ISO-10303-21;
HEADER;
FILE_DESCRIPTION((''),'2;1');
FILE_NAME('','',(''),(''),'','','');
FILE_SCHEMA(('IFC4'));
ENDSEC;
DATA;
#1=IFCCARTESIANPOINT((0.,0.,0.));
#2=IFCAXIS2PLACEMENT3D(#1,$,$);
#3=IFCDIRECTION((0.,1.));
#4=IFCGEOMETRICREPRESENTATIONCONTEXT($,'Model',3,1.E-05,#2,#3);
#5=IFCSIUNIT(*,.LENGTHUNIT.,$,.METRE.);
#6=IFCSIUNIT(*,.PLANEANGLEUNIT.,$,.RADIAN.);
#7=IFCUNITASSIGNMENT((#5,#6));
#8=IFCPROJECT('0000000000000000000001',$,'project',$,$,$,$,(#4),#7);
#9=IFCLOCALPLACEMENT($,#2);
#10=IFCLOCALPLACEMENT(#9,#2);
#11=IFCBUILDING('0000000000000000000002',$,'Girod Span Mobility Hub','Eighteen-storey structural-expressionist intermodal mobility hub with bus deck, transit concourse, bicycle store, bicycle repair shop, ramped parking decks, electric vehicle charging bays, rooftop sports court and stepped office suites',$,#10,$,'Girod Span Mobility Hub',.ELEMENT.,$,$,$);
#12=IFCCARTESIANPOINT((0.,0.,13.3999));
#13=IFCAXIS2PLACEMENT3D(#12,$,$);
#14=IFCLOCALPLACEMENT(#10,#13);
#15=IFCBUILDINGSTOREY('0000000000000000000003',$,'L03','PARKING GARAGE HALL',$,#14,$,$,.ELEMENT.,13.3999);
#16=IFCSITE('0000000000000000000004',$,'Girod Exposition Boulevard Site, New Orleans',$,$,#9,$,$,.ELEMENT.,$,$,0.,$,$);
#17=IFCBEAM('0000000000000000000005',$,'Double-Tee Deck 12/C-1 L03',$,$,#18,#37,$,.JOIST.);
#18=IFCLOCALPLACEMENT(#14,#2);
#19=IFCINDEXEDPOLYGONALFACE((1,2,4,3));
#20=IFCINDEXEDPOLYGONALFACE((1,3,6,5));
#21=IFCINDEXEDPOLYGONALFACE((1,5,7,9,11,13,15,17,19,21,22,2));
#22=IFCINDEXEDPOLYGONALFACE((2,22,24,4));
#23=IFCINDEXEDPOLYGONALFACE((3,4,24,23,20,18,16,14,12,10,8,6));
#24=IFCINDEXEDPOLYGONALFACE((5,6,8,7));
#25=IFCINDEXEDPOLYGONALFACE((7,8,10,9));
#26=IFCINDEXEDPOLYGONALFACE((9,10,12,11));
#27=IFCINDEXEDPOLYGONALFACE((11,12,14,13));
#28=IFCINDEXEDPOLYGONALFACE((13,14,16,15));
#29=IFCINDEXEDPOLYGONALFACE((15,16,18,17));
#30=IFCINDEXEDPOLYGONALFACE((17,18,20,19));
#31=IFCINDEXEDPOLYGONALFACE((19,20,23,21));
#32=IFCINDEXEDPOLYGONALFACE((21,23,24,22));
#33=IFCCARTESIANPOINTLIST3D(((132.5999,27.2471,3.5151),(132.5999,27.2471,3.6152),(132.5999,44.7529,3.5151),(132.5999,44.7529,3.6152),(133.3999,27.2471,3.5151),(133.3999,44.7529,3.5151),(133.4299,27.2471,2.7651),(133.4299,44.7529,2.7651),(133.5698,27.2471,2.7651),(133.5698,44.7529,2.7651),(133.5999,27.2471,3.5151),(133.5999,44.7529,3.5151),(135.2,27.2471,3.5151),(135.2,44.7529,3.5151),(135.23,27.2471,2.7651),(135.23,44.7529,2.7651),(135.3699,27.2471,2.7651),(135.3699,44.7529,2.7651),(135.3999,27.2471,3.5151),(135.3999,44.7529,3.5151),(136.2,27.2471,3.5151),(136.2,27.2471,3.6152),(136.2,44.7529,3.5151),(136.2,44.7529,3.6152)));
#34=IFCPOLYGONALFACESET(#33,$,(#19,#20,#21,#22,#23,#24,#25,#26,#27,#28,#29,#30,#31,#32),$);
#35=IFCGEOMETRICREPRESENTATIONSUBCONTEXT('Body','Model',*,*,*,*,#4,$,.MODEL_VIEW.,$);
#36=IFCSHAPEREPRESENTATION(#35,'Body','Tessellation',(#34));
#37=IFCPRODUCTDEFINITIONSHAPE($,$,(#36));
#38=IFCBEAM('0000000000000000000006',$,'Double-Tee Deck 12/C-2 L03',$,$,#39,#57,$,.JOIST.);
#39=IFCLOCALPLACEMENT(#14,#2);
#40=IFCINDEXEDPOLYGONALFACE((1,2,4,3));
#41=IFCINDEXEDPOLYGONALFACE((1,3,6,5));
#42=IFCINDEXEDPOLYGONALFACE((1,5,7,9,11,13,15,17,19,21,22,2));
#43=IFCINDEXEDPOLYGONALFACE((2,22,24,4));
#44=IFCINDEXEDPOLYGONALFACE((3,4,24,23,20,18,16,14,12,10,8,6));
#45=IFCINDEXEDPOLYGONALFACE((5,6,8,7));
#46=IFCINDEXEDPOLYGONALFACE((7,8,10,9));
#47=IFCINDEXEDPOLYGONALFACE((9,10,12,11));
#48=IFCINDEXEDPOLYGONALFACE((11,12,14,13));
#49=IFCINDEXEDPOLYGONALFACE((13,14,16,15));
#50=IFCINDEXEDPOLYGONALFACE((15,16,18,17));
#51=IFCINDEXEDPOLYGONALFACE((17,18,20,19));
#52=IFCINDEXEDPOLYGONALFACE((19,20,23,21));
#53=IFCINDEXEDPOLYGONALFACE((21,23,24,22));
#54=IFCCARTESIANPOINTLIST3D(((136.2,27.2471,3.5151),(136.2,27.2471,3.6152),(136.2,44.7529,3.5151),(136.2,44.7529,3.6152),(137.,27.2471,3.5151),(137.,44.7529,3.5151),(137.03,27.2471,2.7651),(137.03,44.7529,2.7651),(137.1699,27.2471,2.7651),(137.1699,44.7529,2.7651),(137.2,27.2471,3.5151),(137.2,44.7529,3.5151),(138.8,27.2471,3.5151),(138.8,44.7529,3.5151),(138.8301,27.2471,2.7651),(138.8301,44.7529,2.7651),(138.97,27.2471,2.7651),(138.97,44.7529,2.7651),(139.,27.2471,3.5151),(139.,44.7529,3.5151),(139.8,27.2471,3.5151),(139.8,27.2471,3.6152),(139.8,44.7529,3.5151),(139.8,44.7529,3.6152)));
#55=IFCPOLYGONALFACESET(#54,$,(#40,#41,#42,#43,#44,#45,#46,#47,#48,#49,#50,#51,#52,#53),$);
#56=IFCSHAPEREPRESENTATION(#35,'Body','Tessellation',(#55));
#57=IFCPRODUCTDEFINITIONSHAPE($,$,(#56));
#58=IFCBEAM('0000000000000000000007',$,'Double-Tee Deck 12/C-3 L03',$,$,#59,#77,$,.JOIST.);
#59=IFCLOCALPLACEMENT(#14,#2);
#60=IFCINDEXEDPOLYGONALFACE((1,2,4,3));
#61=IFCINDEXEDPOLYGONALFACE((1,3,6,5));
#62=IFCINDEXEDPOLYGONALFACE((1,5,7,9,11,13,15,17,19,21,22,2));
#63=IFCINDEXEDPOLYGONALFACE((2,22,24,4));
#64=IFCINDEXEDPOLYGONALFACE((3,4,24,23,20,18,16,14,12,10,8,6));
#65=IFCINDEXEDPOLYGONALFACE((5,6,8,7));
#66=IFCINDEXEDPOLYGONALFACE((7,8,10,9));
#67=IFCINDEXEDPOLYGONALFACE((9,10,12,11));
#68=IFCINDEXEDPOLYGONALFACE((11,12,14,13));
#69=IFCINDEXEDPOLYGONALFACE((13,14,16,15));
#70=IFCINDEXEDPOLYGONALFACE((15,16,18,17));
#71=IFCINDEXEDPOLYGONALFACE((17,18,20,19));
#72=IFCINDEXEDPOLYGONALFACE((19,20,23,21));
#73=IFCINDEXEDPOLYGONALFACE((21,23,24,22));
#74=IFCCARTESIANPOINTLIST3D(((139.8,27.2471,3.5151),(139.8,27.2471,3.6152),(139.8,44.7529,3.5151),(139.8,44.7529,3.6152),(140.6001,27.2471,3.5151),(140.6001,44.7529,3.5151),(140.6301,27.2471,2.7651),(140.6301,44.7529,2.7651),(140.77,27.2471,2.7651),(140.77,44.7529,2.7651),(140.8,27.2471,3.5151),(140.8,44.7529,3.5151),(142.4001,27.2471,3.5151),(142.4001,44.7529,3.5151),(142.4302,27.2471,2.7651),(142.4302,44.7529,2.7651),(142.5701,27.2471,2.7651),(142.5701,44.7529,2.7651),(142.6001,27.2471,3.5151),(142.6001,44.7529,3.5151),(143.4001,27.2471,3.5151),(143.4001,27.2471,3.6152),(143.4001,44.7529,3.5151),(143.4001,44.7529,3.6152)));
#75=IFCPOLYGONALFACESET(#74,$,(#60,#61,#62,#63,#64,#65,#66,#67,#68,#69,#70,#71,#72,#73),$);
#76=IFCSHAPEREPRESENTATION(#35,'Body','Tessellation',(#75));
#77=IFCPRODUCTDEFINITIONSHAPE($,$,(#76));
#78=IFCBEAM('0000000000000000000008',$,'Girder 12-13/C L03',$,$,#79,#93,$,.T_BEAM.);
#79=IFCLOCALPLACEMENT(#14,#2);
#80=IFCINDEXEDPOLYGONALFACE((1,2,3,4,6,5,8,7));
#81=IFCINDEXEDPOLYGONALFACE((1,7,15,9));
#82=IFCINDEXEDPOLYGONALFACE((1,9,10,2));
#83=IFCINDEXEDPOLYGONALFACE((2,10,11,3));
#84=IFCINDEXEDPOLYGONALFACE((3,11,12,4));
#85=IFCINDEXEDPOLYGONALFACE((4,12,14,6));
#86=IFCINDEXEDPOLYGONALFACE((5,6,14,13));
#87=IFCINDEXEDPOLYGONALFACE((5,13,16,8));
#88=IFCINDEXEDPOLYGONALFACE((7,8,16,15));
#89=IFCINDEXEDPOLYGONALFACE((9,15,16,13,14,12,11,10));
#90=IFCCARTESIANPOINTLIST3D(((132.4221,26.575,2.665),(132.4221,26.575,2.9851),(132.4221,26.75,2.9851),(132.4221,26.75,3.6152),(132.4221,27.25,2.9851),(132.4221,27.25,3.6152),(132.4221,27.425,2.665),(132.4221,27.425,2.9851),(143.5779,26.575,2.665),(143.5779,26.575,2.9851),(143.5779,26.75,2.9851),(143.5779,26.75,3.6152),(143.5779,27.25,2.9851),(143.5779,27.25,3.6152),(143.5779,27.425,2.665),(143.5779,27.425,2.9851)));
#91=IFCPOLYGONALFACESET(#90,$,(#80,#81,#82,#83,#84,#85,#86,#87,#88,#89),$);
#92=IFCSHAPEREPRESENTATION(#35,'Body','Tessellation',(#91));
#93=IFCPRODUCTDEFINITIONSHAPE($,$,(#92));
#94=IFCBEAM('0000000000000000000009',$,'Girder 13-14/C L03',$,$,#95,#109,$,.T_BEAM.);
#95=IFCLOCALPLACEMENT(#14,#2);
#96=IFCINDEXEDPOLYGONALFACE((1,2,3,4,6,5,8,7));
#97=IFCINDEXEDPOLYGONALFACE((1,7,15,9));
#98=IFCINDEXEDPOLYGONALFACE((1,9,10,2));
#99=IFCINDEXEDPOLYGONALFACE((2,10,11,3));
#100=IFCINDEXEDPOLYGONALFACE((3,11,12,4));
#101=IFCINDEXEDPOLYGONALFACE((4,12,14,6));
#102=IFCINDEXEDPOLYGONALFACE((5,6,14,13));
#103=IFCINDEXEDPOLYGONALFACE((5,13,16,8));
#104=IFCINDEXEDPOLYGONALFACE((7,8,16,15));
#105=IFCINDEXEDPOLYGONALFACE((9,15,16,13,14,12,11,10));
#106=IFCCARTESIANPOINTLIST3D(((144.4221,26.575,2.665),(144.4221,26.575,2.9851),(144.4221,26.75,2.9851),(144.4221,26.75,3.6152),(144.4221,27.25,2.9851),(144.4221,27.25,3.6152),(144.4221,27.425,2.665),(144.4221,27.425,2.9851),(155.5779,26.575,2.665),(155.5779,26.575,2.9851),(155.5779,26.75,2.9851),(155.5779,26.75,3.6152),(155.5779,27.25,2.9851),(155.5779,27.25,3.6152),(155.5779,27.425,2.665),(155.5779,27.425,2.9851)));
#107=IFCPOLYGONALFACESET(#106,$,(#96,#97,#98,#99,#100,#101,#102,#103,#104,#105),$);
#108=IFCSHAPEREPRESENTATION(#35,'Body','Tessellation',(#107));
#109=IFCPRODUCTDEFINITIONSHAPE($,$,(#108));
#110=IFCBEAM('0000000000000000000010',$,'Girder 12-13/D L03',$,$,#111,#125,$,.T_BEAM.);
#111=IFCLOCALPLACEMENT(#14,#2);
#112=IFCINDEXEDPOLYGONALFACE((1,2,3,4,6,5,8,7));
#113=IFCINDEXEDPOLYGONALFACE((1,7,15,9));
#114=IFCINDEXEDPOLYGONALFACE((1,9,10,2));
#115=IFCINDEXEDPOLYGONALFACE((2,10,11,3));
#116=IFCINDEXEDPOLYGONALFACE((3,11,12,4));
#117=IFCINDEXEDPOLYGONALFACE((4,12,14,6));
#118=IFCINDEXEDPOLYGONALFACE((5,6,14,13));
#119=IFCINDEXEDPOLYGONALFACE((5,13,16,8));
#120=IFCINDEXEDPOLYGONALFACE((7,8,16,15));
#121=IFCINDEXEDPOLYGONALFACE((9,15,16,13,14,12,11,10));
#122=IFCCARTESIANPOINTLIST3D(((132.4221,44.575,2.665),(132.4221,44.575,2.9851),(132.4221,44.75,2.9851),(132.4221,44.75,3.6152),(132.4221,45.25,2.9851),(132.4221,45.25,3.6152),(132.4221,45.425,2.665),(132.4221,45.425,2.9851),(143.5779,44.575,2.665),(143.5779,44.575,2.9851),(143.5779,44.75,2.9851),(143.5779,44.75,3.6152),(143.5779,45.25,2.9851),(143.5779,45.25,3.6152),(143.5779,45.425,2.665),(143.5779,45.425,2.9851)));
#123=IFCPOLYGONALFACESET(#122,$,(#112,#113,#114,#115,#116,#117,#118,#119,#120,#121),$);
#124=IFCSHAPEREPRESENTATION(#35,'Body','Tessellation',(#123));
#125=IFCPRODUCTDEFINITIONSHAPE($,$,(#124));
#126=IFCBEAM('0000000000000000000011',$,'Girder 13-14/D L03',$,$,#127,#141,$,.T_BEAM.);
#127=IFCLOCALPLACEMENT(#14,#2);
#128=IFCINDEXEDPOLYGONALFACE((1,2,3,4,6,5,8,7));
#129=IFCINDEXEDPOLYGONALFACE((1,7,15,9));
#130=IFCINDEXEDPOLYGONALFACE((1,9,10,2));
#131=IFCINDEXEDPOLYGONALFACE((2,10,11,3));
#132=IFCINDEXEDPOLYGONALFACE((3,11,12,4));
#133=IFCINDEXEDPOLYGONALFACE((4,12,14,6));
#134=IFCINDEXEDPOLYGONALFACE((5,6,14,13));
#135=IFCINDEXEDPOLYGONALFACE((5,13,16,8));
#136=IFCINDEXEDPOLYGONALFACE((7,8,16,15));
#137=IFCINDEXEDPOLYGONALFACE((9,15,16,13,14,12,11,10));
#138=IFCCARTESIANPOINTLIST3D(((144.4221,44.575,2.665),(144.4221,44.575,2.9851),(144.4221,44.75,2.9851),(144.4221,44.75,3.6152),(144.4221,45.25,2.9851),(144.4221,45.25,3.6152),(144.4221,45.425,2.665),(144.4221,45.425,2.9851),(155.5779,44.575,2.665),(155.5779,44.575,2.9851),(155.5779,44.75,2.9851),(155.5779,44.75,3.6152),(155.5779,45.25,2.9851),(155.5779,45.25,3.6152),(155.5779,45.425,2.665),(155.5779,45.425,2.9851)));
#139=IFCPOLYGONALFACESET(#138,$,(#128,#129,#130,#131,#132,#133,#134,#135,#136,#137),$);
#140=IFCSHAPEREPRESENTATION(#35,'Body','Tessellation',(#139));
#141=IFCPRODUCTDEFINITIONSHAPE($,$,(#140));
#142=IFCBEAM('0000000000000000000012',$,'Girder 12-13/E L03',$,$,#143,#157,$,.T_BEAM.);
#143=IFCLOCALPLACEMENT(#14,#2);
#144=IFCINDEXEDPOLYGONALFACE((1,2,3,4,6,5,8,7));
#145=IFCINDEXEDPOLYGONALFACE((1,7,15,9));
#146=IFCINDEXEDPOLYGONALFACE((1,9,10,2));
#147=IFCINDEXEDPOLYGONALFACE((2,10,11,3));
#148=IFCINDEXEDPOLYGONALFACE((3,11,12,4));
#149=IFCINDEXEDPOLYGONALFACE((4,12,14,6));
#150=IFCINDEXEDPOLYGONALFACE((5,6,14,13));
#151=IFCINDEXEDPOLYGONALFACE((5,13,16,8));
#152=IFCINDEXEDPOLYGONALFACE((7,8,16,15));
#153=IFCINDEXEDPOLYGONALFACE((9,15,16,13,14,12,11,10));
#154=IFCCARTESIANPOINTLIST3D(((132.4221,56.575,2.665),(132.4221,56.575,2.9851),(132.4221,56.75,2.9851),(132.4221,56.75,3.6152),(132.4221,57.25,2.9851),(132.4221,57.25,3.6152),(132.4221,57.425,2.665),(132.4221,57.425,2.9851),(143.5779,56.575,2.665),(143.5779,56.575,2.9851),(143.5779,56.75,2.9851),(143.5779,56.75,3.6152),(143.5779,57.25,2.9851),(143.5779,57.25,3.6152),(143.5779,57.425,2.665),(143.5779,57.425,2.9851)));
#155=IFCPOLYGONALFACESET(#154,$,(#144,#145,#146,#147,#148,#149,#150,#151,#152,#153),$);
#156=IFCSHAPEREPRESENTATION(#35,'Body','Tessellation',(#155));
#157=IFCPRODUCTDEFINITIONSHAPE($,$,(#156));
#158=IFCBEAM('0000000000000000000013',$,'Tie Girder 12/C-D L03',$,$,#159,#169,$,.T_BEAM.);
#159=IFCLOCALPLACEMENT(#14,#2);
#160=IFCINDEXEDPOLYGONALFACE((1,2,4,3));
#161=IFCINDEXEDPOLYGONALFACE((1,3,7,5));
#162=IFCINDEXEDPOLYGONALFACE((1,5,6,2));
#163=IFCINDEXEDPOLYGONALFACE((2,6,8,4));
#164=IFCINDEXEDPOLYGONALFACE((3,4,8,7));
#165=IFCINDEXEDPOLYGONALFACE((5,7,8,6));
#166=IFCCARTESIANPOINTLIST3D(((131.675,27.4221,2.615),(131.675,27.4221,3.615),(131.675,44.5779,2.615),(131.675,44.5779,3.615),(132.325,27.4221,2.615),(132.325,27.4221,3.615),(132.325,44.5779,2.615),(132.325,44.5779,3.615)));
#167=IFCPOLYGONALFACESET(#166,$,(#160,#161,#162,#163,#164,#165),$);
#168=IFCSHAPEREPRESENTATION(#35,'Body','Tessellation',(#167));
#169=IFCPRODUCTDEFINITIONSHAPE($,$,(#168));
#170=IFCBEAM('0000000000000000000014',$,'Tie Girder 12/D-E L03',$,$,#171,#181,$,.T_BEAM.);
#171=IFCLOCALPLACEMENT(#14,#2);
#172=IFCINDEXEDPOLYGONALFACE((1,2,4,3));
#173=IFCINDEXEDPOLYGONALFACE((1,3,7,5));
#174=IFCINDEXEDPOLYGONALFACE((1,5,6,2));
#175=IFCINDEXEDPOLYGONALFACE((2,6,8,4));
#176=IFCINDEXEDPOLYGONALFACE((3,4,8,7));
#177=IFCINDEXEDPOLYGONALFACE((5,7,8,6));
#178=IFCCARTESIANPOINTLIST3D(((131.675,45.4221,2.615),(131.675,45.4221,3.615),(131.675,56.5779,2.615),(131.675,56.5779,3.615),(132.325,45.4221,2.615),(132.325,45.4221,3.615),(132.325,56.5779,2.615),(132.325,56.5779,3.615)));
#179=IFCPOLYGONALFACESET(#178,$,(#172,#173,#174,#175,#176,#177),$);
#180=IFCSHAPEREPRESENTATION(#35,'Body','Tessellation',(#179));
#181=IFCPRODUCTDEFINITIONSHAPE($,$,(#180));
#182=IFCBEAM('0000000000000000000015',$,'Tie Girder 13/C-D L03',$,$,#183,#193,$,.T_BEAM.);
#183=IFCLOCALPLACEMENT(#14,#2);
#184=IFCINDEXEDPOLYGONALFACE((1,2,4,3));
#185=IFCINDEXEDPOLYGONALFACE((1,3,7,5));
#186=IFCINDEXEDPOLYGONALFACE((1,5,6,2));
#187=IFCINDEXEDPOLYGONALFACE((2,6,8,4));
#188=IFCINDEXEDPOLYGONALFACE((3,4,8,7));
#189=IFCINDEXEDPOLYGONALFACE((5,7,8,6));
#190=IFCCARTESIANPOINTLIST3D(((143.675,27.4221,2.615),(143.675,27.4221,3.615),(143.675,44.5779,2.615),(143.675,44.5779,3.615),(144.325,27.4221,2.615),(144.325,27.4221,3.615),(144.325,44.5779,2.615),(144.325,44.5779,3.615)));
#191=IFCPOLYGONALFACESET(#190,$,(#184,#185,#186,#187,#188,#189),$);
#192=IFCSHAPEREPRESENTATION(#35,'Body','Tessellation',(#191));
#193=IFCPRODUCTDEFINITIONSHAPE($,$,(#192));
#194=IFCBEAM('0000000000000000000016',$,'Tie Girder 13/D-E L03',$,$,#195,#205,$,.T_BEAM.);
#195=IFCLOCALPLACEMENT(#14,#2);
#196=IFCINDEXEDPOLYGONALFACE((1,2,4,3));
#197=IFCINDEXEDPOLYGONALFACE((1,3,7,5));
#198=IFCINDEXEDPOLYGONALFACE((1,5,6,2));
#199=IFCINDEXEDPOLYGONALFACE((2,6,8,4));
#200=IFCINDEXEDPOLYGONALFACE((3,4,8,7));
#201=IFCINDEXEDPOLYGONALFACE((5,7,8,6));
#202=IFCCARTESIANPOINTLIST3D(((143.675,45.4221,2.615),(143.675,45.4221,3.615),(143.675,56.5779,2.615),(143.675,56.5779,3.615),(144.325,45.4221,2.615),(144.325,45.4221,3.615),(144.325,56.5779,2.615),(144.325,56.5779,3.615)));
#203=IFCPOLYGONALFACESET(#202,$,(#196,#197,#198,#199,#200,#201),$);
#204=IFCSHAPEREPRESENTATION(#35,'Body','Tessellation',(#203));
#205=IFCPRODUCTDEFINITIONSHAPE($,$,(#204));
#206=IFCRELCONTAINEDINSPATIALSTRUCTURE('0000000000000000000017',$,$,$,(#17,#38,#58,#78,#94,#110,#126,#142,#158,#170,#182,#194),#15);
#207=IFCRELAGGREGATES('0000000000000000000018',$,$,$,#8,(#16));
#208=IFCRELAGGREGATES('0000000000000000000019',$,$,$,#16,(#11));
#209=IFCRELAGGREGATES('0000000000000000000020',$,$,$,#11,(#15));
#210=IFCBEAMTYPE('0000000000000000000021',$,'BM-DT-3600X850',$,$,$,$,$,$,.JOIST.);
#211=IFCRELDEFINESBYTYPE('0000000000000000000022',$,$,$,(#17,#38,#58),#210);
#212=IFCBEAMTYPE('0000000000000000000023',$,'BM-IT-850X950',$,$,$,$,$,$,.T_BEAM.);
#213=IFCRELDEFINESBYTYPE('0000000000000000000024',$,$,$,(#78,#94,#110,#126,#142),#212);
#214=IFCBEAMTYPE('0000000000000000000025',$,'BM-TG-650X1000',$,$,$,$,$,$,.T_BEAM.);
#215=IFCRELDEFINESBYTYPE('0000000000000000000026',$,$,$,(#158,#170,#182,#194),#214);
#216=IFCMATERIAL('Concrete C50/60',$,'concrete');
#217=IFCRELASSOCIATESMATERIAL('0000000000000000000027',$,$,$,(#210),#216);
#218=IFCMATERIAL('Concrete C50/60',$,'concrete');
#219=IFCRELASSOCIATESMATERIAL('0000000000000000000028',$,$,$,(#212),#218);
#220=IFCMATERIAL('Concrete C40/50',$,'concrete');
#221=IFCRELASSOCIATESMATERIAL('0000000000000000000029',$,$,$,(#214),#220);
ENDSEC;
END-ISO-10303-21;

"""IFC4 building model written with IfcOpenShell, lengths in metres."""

from ifc_helpers import new_model, si_unit, direction, frame, origin, origin_2d, place, context, subcontext, project, spatial, polyline, rectangle, outline, extrude, material, material_profile, profile_set, type_object, element, save


model = new_model("IFC4")

# Units and contexts
model_context = context("Model", 3, precision=1e-05, world=origin(), true_north=direction((0.0, 1.0)))
body_context = subcontext(model_context, "Body", "Model", "MODEL_VIEW")
ifc_project = project(units=[si_unit("LENGTHUNIT", "METRE"), si_unit("PLANEANGLEUNIT", "RADIAN")], contexts=[model_context])

# Site, building, storey
site_placement = place(None, origin())
site = spatial("IfcSite", under=ifc_project, at=site_placement, Name="Girod Exposition Boulevard Site, New Orleans", CompositionType="ELEMENT", RefElevation=0.0)
building_placement = place(site_placement, origin())
building = spatial("IfcBuilding", under=site, at=building_placement, Name="Girod Span Mobility Hub", Description="Eighteen-storey structural-expressionist intermodal mobility hub with bus deck, transit concourse, bicycle store, bicycle repair shop, ramped parking decks, electric vehicle charging bays, rooftop sports court and stepped office suites", LongName="Girod Span Mobility Hub", CompositionType="ELEMENT")
storey_placement = place(building_placement, frame((0.0, 0.0, 13.3999)))
storey = spatial("IfcBuildingStorey", under=building, at=storey_placement, Name="L03", Description="PARKING GARAGE HALL", CompositionType="ELEMENT", Elevation=13.3999)

# Beams
ifc_material_1 = material(Name="Concrete C50/60", Category="concrete")
ifc_material_profile_1 = material_profile(ifc_material_1, outline(polyline([(-1.8, 0.425), (-1.8, 0.325), (-1.0, 0.325), (-0.97, -0.425), (-0.8301, -0.425), (-0.8, 0.325), (0.8, 0.325), (0.8301, -0.425), (0.97, -0.425), (1.0, 0.325), (1.8, 0.325), (1.8, 0.425), (-1.8, 0.425)])), Name="DT-3600X850")
ifc_profile_set_1 = profile_set([ifc_material_profile_1], Name="Concrete C50/60")
beam_type_1 = type_object("IfcBeamType", Name="BM-DT-3600X850", PredefinedType="JOIST", material=ifc_profile_set_1)
for number, where, z_axis, x_axis, name in (
    (1, (134.3999, 27.2471, 3.1902), (0.0, 1.0, 0.0), (-1.0, 0.0, 0.0), "Double-Tee Deck 12/C-1 L03"),
    (2, (138.0, 27.2471, 3.1902), (0.0, 1.0, 0.0), (-1.0, 0.0, 0.0), "Double-Tee Deck 12/C-2 L03"),
    (3, (141.6001, 27.2471, 3.1902), (0.0, 1.0, 0.0), (-1.0, 0.0, 0.0), "Double-Tee Deck 12/C-3 L03"),
):
    element("IfcBeam", number, at=place(storey_placement, frame(where, z_axis=z_axis, x_axis=x_axis)), inside=storey, type_object=beam_type_1, Name=name, PredefinedType="JOIST", context=body_context, shape_type="SweptSolid", body=[
        extrude(outline(polyline([(-1.8, 0.425), (-1.8, 0.325), (-1.0, 0.325), (-0.97, -0.425), (-0.8301, -0.425), (-0.8, 0.325), (0.8, 0.325), (0.8301, -0.425), (0.97, -0.425), (1.0, 0.325), (1.8, 0.325), (1.8, 0.425), (-1.8, 0.425)])), origin(), (0.0, 0.0, 1.0), 17.5059),
    ])
ifc_material_2 = material(Name="Concrete C50/60", Category="concrete")
ifc_material_profile_2 = material_profile(ifc_material_2, outline(polyline([(-0.425, -0.4751), (0.425, -0.4751), (0.425, -0.155), (0.25, -0.155), (0.25, 0.4751), (-0.25, 0.4751), (-0.25, -0.155), (-0.425, -0.155), (-0.425, -0.4751)])), Name="IT-850X950")
ifc_profile_set_2 = profile_set([ifc_material_profile_2], Name="Concrete C50/60")
beam_type_2 = type_object("IfcBeamType", Name="BM-IT-850X950", PredefinedType="T_BEAM", material=ifc_profile_set_2)
for number, where, z_axis, x_axis, name in (
    (4, (132.4221, 27.0, 3.1401), (1.0, 0.0, 0.0), (0.0, 1.0, 0.0), "Girder 12-13/C L03"),
    (5, (144.4221, 27.0, 3.1401), (1.0, 0.0, 0.0), (0.0, 1.0, 0.0), "Girder 13-14/C L03"),
    (6, (132.4221, 45.0, 3.1401), (1.0, 0.0, 0.0), (0.0, 1.0, 0.0), "Girder 12-13/D L03"),
    (7, (144.4221, 45.0, 3.1401), (1.0, 0.0, 0.0), (0.0, 1.0, 0.0), "Girder 13-14/D L03"),
    (8, (132.4221, 57.0, 3.1401), (1.0, 0.0, 0.0), (0.0, 1.0, 0.0), "Girder 12-13/E L03"),
):
    element("IfcBeam", number, at=place(storey_placement, frame(where, z_axis=z_axis, x_axis=x_axis)), inside=storey, type_object=beam_type_2, Name=name, PredefinedType="T_BEAM", context=body_context, shape_type="SweptSolid", body=[
        extrude(outline(polyline([(-0.425, -0.4751), (0.425, -0.4751), (0.425, -0.155), (0.25, -0.155), (0.25, 0.4751), (-0.25, 0.4751), (-0.25, -0.155), (-0.425, -0.155), (-0.425, -0.4751)])), origin(), (0.0, 0.0, 1.0), 11.1558),
    ])
ifc_material_3 = material(Name="Concrete C40/50", Category="concrete")
ifc_material_profile_3 = material_profile(ifc_material_3, rectangle(XDim=0.6499, YDim=1.0, at=origin_2d()), Name="TG-650X1000")
ifc_profile_set_3 = profile_set([ifc_material_profile_3], Name="Concrete C40/50")
beam_type_3 = type_object("IfcBeamType", Name="BM-TG-650X1000", PredefinedType="T_BEAM", material=ifc_profile_set_3)
beam_1_placement = place(storey_placement, frame((132.0, 27.4221, 3.115), z_axis=(0.0, 1.0, 0.0), x_axis=(-1.0, 0.0, 0.0)))
element("IfcBeam", 9, at=beam_1_placement, inside=storey, type_object=beam_type_3, Name="Tie Girder 12/C-D L03", PredefinedType="T_BEAM", context=body_context, shape_type="SweptSolid", body=[
    extrude(rectangle(XDim=0.6499, YDim=1.0, at=origin_2d()), origin(), (0.0, 0.0, 1.0), 17.1558),
])
beam_2_placement = place(storey_placement, frame((132.0, 45.4221, 3.115), z_axis=(0.0, 1.0, 0.0), x_axis=(-1.0, 0.0, 0.0)))
element("IfcBeam", 10, at=beam_2_placement, inside=storey, type_object=beam_type_3, Name="Tie Girder 12/D-E L03", PredefinedType="T_BEAM", context=body_context, shape_type="SweptSolid", body=[
    extrude(rectangle(XDim=0.6499, YDim=1.0, at=origin_2d()), origin(), (0.0, 0.0, 1.0), 11.1558),
])
beam_3_placement = place(storey_placement, frame((144.0, 27.4221, 3.115), z_axis=(0.0, 1.0, 0.0), x_axis=(-1.0, 0.0, 0.0)))
element("IfcBeam", 11, at=beam_3_placement, inside=storey, type_object=beam_type_3, Name="Tie Girder 13/C-D L03", PredefinedType="T_BEAM", context=body_context, shape_type="SweptSolid", body=[
    extrude(rectangle(XDim=0.6499, YDim=1.0, at=origin_2d()), origin(), (0.0, 0.0, 1.0), 17.1558),
])
beam_4_placement = place(storey_placement, frame((144.0, 45.4221, 3.115), z_axis=(0.0, 1.0, 0.0), x_axis=(-1.0, 0.0, 0.0)))
element("IfcBeam", 12, at=beam_4_placement, inside=storey, type_object=beam_type_3, Name="Tie Girder 13/D-E L03", PredefinedType="T_BEAM", context=body_context, shape_type="SweptSolid", body=[
    extrude(rectangle(XDim=0.6499, YDim=1.0, at=origin_2d()), origin(), (0.0, 0.0, 1.0), 11.1558),
])

save(model, "model.ifc")
